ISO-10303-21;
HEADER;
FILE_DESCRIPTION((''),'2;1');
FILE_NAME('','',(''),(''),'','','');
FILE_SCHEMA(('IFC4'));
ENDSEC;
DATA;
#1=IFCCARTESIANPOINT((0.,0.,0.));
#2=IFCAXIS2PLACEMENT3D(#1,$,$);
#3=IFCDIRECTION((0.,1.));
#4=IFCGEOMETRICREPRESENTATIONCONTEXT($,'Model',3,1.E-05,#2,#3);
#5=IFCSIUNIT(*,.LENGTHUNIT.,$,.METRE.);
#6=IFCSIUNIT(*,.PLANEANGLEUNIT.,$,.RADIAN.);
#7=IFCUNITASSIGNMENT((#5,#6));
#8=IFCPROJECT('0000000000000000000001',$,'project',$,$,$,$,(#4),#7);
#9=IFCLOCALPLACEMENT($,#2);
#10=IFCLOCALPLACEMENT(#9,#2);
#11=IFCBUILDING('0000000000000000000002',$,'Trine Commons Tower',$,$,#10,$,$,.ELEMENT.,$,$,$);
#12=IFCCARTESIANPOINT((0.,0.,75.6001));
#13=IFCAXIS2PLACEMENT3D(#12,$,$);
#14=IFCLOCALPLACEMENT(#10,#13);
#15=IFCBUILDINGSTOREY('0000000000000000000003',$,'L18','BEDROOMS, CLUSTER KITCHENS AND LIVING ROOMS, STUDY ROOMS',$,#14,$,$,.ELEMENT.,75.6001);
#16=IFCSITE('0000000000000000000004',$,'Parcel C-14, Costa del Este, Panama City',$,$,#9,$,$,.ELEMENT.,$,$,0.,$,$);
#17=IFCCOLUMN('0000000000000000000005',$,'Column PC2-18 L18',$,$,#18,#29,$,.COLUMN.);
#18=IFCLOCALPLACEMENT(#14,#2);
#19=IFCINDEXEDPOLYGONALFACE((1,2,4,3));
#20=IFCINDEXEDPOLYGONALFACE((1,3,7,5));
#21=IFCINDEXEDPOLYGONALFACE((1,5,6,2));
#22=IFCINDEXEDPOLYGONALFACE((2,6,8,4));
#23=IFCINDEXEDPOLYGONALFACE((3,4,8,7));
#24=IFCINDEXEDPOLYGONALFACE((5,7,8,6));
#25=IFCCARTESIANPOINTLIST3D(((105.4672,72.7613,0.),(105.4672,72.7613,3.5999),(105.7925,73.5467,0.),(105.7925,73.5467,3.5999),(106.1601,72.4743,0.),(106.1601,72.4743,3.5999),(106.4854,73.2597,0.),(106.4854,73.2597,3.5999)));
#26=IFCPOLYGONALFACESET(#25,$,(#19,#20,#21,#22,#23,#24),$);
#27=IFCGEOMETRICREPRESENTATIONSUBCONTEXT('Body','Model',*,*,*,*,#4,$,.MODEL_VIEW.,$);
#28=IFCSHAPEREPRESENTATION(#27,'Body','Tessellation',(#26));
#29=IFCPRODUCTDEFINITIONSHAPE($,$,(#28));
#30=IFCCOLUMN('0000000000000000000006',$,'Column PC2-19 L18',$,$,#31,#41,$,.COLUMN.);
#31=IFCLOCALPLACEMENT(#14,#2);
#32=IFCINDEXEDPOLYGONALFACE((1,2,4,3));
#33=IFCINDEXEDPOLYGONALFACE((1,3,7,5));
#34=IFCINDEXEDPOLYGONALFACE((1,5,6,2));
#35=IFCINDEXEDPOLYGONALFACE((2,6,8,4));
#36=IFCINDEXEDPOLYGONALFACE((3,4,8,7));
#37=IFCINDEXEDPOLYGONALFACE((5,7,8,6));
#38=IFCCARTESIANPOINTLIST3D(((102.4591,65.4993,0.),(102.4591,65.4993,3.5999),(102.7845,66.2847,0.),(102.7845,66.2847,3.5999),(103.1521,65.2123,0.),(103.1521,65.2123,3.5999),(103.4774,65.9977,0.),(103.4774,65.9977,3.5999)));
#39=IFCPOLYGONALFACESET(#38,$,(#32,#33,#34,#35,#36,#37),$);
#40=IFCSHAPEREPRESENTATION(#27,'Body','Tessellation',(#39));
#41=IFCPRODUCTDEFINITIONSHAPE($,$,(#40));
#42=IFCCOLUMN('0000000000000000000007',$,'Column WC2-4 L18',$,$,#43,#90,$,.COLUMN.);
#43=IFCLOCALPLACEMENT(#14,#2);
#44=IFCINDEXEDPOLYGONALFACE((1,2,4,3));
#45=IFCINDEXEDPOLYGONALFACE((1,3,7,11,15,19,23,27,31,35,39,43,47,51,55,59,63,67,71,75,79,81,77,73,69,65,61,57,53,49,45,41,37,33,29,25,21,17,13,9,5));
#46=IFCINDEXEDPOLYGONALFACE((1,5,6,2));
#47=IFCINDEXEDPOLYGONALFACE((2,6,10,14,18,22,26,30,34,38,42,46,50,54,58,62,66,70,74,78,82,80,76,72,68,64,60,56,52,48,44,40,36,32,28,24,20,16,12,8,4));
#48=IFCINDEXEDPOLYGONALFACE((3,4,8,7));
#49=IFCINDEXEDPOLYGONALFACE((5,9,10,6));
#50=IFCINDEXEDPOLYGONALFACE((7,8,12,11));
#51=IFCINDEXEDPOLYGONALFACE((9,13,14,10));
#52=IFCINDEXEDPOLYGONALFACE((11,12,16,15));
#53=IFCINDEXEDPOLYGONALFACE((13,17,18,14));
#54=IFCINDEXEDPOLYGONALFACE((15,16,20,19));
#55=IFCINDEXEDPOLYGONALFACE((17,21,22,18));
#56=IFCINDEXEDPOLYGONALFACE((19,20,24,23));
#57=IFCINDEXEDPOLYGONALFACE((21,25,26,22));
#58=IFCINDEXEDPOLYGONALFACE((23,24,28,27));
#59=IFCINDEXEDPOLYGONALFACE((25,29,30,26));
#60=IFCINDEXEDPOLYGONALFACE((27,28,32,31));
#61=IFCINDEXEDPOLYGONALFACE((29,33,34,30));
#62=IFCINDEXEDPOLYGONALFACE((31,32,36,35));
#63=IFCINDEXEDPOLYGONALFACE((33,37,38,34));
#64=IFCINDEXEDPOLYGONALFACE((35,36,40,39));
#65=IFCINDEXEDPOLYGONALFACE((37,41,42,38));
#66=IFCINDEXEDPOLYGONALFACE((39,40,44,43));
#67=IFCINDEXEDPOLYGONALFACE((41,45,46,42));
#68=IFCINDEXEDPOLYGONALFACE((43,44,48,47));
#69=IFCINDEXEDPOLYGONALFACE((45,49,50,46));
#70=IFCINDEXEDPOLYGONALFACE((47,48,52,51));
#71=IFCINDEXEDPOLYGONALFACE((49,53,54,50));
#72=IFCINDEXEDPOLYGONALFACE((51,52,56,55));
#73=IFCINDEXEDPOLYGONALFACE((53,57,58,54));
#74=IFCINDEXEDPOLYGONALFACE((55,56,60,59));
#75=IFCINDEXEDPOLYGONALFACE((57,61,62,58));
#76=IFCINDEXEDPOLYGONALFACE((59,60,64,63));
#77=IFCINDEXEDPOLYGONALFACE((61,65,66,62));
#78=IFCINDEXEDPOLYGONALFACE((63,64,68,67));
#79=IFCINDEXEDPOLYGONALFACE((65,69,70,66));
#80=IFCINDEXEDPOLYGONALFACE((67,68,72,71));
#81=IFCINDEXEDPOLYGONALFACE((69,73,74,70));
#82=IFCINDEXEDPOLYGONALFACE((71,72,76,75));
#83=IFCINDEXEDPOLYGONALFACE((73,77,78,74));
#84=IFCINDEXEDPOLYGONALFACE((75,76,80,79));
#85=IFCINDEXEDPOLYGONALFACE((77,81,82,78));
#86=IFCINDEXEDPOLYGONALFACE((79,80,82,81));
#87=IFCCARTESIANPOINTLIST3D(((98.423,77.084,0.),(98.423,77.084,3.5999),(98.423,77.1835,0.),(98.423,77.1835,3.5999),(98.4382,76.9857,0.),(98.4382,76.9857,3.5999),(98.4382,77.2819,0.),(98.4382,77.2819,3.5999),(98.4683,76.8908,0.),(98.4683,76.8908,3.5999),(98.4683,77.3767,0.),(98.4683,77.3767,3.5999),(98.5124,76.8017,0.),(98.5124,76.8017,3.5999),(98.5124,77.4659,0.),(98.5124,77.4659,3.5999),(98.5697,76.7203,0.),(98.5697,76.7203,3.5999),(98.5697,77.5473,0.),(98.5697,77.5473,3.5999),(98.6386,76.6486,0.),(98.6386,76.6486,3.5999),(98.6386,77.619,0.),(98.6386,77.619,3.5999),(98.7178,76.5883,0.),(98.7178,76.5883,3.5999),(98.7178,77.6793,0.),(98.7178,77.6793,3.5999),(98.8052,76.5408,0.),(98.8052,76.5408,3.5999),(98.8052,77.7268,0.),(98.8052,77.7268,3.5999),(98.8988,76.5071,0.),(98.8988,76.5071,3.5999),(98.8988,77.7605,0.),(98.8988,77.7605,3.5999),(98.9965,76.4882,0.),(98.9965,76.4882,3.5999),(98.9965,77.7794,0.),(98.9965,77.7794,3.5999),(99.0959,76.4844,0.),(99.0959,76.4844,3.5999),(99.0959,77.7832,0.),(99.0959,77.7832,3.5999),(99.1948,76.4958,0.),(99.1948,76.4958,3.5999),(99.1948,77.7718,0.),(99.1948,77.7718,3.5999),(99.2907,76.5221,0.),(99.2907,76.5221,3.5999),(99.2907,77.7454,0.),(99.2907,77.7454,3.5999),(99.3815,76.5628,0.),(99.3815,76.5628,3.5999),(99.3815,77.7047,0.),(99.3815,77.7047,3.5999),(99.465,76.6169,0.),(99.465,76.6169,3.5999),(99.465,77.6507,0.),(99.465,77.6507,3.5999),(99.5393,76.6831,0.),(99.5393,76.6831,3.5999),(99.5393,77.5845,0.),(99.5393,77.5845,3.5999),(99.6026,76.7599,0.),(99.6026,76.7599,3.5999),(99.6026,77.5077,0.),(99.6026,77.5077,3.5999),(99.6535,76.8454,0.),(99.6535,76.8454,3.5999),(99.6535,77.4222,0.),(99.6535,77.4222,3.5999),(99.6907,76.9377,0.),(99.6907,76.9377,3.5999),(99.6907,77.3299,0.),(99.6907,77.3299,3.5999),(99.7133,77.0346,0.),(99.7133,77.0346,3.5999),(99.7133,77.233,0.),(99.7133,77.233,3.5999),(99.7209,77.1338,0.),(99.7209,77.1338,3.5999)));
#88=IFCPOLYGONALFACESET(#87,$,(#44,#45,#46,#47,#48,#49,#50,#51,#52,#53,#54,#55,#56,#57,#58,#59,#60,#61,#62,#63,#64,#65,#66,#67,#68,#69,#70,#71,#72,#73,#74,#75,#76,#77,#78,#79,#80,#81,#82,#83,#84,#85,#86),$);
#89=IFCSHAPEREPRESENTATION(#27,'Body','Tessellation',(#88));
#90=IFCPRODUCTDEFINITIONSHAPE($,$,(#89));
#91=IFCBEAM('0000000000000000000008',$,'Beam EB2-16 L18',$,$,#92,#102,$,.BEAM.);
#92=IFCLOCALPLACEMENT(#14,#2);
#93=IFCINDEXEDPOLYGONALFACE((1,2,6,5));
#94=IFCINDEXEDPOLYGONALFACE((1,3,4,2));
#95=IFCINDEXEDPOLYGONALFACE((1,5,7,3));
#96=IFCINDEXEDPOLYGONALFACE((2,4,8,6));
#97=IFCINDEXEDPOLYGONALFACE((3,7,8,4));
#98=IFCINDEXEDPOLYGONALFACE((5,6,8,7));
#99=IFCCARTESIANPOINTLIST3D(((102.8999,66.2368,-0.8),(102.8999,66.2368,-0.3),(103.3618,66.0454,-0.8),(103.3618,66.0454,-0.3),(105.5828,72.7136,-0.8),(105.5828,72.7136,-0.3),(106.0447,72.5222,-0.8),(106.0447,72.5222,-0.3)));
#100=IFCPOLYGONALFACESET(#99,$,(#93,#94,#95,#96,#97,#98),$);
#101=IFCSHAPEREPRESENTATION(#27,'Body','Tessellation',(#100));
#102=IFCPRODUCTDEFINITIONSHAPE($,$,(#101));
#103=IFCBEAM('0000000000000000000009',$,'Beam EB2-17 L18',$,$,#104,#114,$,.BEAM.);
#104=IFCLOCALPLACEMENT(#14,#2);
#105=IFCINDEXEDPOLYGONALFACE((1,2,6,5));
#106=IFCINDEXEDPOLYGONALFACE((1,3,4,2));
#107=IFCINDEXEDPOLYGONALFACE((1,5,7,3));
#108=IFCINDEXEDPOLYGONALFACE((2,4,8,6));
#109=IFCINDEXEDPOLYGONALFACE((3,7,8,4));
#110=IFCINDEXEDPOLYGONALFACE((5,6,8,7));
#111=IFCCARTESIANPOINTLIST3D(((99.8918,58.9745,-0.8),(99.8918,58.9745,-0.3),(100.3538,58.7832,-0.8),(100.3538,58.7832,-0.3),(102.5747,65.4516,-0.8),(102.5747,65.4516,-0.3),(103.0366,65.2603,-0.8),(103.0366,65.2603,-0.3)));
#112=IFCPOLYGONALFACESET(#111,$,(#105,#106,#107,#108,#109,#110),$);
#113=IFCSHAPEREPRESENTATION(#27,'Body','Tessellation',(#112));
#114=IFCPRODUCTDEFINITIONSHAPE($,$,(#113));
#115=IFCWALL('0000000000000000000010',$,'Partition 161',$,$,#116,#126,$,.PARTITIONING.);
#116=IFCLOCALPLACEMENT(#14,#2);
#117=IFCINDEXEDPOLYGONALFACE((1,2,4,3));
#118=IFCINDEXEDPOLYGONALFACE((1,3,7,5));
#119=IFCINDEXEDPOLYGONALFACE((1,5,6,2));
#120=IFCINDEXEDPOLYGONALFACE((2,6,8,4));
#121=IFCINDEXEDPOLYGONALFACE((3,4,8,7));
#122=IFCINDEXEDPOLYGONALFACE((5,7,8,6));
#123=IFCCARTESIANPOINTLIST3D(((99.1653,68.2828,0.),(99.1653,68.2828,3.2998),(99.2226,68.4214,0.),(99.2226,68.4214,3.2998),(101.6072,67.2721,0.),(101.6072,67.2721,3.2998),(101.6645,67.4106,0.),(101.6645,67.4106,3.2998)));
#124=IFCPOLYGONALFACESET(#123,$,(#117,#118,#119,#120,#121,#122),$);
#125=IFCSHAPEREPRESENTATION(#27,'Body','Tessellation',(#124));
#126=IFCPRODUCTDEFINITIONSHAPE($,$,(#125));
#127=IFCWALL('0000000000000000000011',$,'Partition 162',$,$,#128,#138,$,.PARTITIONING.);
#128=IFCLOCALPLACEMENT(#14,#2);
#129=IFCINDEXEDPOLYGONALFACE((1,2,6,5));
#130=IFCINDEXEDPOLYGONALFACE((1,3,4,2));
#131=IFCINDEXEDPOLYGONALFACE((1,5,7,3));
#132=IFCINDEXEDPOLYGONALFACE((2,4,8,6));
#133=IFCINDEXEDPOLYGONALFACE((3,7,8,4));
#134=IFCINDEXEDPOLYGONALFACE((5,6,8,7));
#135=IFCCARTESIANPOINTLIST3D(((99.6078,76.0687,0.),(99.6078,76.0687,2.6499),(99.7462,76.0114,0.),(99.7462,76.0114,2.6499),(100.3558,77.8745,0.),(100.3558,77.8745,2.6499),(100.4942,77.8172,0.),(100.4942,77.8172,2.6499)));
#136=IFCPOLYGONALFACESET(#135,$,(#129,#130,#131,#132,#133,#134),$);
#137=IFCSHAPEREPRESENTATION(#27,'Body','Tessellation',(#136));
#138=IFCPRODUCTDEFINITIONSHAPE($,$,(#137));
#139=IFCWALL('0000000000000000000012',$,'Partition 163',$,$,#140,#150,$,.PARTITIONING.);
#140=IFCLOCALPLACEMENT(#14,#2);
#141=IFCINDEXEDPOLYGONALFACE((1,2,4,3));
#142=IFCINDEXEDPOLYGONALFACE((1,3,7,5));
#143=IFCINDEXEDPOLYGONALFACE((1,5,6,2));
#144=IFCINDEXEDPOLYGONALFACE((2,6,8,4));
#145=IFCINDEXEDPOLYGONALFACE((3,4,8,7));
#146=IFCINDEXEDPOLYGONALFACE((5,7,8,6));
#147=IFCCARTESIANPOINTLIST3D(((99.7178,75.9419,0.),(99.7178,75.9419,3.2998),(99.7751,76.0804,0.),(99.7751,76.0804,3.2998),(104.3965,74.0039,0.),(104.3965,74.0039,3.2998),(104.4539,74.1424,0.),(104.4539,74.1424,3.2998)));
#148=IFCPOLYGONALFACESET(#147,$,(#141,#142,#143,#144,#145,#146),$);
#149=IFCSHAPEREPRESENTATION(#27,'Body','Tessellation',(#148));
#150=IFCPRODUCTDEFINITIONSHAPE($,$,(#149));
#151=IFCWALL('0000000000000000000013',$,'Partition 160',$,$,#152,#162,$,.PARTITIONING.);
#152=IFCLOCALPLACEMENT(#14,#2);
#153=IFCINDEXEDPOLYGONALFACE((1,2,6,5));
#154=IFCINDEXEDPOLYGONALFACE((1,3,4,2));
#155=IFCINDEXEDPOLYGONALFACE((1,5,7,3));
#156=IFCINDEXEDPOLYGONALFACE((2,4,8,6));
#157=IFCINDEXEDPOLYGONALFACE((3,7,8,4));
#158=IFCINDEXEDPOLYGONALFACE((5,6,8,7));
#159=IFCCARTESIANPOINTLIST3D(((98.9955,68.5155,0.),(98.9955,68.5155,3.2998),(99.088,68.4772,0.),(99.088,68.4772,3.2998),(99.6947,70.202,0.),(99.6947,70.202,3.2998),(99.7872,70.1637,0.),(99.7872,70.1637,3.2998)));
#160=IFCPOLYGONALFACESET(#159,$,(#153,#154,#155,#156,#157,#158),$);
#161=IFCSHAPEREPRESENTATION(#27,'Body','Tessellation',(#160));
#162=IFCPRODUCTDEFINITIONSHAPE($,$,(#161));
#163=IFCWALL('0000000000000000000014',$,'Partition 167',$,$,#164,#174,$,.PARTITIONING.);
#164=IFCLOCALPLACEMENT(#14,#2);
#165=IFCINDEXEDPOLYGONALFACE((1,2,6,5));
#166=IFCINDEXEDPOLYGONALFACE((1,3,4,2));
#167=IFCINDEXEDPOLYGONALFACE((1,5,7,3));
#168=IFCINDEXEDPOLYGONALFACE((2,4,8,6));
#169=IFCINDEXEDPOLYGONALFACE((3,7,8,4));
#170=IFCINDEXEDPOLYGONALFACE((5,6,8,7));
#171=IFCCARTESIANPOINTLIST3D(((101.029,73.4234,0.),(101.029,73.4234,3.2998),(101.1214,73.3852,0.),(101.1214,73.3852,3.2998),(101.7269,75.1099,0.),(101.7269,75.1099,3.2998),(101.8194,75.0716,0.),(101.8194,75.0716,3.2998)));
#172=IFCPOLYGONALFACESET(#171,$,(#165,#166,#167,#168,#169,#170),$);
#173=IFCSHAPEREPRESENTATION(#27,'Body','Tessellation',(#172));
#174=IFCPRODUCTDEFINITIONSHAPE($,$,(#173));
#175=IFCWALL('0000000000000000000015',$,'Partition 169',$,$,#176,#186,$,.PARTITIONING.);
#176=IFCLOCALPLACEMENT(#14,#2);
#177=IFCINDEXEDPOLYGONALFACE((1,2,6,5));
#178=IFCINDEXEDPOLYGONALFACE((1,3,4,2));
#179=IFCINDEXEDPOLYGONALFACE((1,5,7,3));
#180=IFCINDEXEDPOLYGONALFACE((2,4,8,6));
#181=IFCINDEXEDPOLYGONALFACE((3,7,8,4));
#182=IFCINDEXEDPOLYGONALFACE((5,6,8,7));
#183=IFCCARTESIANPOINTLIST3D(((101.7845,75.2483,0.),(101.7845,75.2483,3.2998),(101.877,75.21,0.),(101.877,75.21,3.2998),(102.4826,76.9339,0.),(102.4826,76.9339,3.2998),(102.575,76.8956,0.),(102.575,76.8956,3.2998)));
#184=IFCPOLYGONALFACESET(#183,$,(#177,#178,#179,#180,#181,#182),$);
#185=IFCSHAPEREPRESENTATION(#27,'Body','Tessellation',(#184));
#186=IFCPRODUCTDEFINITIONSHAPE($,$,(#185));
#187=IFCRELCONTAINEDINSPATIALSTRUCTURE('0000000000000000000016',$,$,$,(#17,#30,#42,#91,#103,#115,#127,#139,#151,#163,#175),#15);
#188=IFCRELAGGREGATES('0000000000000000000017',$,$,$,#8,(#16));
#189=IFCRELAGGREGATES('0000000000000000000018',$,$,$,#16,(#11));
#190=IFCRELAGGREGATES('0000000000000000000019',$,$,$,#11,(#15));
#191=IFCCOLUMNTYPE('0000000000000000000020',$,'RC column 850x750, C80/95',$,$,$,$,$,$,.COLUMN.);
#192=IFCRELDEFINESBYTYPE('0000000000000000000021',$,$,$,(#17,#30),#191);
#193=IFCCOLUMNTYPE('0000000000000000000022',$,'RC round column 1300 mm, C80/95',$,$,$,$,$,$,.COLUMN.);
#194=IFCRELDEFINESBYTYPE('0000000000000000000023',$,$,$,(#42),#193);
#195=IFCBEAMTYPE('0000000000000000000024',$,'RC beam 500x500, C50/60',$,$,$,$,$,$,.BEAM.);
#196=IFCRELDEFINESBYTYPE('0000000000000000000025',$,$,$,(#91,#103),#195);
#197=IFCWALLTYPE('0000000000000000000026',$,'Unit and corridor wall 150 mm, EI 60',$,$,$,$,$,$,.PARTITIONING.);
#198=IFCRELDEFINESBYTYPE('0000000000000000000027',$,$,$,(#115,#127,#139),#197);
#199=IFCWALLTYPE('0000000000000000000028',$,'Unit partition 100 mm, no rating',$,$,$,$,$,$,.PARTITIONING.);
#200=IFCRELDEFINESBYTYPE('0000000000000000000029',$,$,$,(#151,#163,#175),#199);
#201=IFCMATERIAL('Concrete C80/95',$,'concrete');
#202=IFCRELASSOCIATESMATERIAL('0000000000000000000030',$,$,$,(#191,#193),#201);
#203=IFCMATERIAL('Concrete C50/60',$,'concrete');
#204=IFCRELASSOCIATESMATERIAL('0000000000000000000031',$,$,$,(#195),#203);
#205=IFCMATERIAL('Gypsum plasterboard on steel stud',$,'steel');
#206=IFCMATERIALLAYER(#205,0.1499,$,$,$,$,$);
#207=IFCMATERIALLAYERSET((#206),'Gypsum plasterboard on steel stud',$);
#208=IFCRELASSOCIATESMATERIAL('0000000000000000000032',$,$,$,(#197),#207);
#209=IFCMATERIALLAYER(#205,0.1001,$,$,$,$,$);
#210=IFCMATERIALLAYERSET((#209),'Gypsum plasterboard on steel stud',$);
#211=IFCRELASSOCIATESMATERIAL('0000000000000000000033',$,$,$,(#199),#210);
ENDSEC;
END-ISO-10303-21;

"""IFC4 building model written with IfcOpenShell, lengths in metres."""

from ifc_helpers import new_model, si_unit, direction, frame, frame_2d, origin, origin_2d, place, context, subcontext, project, spatial, rectangle, circle, extrude, material, layer, layer_set, material_profile, profile_set, type_object, element, save


model = new_model("IFC4")

# Units and contexts
model_context = context("Model", 3, precision=1e-05, world=origin(), true_north=direction((0.0, 1.0)))
body_context = subcontext(model_context, "Body", "Model", "MODEL_VIEW")
ifc_project = project(units=[si_unit("LENGTHUNIT", "METRE"), si_unit("PLANEANGLEUNIT", "RADIAN")], contexts=[model_context])

# Site, building, storey
site_placement = place(None, origin())
site = spatial("IfcSite", under=ifc_project, at=site_placement, Name="Parcel C-14, Costa del Este, Panama City", CompositionType="ELEMENT", RefElevation=0.0)
building_placement = place(site_placement, origin())
building = spatial("IfcBuilding", under=site, at=building_placement, Name="Trine Commons Tower", CompositionType="ELEMENT")
storey_placement = place(building_placement, frame((0.0, 0.0, 75.6001)))
storey = spatial("IfcBuildingStorey", under=building, at=storey_placement, Name="L18", Description="BEDROOMS, CLUSTER KITCHENS AND LIVING ROOMS, STUDY ROOMS", CompositionType="ELEMENT", Elevation=75.6001)

# Columns
ifc_material_1 = material(Name="Concrete C80/95", Category="concrete")
ifc_material_profile_1 = material_profile(ifc_material_1, rectangle(XDim=0.8501, YDim=0.75, at=origin_2d()), Name="RC 850x750")
ifc_profile_set_1 = profile_set([ifc_material_profile_1], Name="Concrete C80/95")
column_type_1 = type_object("IfcColumnType", Name="RC column 850x750, C80/95", PredefinedType="COLUMN", material=ifc_profile_set_1)
for number, where, z_axis, x_axis, name in (
    (1, (105.9763, 73.0105, 0.0), (0.0, 0.0, 1.0), (0.382683, 0.92388, 0.0), "Column PC2-18 L18"),
    (2, (102.9683, 65.7485, 0.0), (0.0, 0.0, 1.0), (0.382683, 0.92388, 0.0), "Column PC2-19 L18"),
):
    element("IfcColumn", number, at=place(storey_placement, frame(where, z_axis=z_axis, x_axis=x_axis)), inside=storey, type_object=column_type_1, Name=name, PredefinedType="COLUMN", context=body_context, shape_type="SweptSolid", body=[
        extrude(rectangle(XDim=0.8501, YDim=0.75, at=origin_2d()), origin(), (0.0, 0.0, 1.0), 3.5999),
    ])
ifc_material_profile_2 = material_profile(ifc_material_1, circle(Radius=0.6499, at=origin_2d()), Name="RC round 1300")
ifc_profile_set_2 = profile_set([ifc_material_profile_2], Name="Concrete C80/95")
column_type_2 = type_object("IfcColumnType", Name="RC round column 1300 mm, C80/95", PredefinedType="COLUMN", material=ifc_profile_set_2)
column_placement = place(storey_placement, frame((99.071, 77.1338, 0.0), z_axis=(0.0, 0.0, 1.0), x_axis=(1.0, 0.0, 0.0)))
element("IfcColumn", 3, at=column_placement, inside=storey, type_object=column_type_2, Name="Column WC2-4 L18", PredefinedType="COLUMN", context=body_context, shape_type="SweptSolid", body=[
    extrude(circle(Radius=0.6499, at=origin_2d()), origin(), (0.0, 0.0, 1.0), 3.5999),
])

# Beams
ifc_material_2 = material(Name="Concrete C50/60", Category="concrete")
ifc_material_profile_3 = material_profile(ifc_material_2, rectangle(XDim=0.5, YDim=0.5, at=origin_2d()), Name="RC 500x500")
ifc_profile_set_3 = profile_set([ifc_material_profile_3], Name="Concrete C50/60")
beam_type = type_object("IfcBeamType", Name="RC beam 500x500, C50/60", PredefinedType="BEAM", material=ifc_profile_set_3)
beam_1_placement = place(storey_placement, frame((105.8137, 72.6179, -0.55), z_axis=(-0.382693, -0.923875, 0.0), x_axis=(0.923875, -0.382693, 0.0)))
element("IfcBeam", 4, at=beam_1_placement, inside=storey, type_object=beam_type, Name="Beam EB2-16 L18", PredefinedType="BEAM", context=body_context, shape_type="SweptSolid", body=[
    extrude(rectangle(XDim=0.5, YDim=0.5, at=origin_2d()), origin(), (0.0, 0.0, 1.0), 7.0105),
])
beam_2_placement = place(storey_placement, frame((102.8057, 65.356, -0.55), z_axis=(-0.382681, -0.923881, 0.0), x_axis=(0.923881, -0.382681, 0.0)))
element("IfcBeam", 5, at=beam_2_placement, inside=storey, type_object=beam_type, Name="Beam EB2-17 L18", PredefinedType="BEAM", context=body_context, shape_type="SweptSolid", body=[
    extrude(rectangle(XDim=0.5, YDim=0.5, at=origin_2d()), origin(), (0.0, 0.0, 1.0), 7.0107),
])

# Walls
ifc_material_3 = material(Name="Gypsum plasterboard on steel stud", Category="steel")
ifc_layer_1 = layer(ifc_material_3, 0.1499)
ifc_layer_set_1 = layer_set([ifc_layer_1], Name="Gypsum plasterboard on steel stud")
wall_type_1 = type_object("IfcWallType", Name="Unit and corridor wall 150 mm, EI 60", PredefinedType="PARTITIONING", material=ifc_layer_set_1)
wall_1_placement = place(storey_placement, frame((99.1941, 68.3521, 0.0), z_axis=(0.0, 0.0, 1.0), x_axis=(0.923976, -0.38245, 0.0)))
element("IfcWall", 6, at=wall_1_placement, inside=storey, type_object=wall_type_1, Name="Partition 161", PredefinedType="PARTITIONING", context=body_context, shape_type="SweptSolid", body=[
    extrude(rectangle(XDim=2.6428, YDim=0.1499, at=frame_2d((1.3213, 0.0))), origin(), (0.0, 0.0, 1.0), 3.2998),
])
wall_2_placement = place(storey_placement, frame((99.677, 76.04, 0.0), z_axis=(0.0, 0.0, 1.0), x_axis=(0.38269, 0.923877, 0.0)))
element("IfcWall", 7, at=wall_2_placement, inside=storey, type_object=wall_type_1, Name="Partition 162", PredefinedType="PARTITIONING", context=body_context, shape_type="SweptSolid", body=[
    extrude(rectangle(XDim=1.9546, YDim=0.1499, at=frame_2d((0.9773, 0.0))), origin(), (0.0, 0.0, 1.0), 2.6499),
])
wall_3_placement = place(storey_placement, frame((99.7463, 76.0112, 0.0), z_axis=(0.0, 0.0, 1.0), x_axis=(0.923879, -0.382684, 0.0)))
element("IfcWall", 8, at=wall_3_placement, inside=storey, type_object=wall_type_1, Name="Partition 163", PredefinedType="PARTITIONING", context=body_context, shape_type="SweptSolid", body=[
    extrude(rectangle(XDim=5.0642, YDim=0.1499, at=frame_2d((2.5322, 0.0))), origin(), (0.0, 0.0, 1.0), 3.2998),
])
ifc_layer_2 = layer(ifc_material_3, 0.1001)
ifc_layer_set_2 = layer_set([ifc_layer_2], Name="Gypsum plasterboard on steel stud")
wall_type_2 = type_object("IfcWallType", Name="Unit partition 100 mm, no rating", PredefinedType="PARTITIONING", material=ifc_layer_set_2)
wall_4_placement = place(storey_placement, frame((99.0417, 68.4963, 0.0), z_axis=(0.0, 0.0, 1.0), x_axis=(0.382982, 0.923756, 0.0)))
element("IfcWall", 9, at=wall_4_placement, inside=storey, type_object=wall_type_2, Name="Partition 160", PredefinedType="PARTITIONING", context=body_context, shape_type="SweptSolid", body=[
    extrude(rectangle(XDim=1.8257, YDim=0.1001, at=frame_2d((0.9128, 0.0))), origin(), (0.0, 0.0, 1.0), 3.2998),
])
wall_5_placement = place(storey_placement, frame((101.0752, 73.4043, 0.0), z_axis=(0.0, 0.0, 1.0), x_axis=(0.382411, 0.923992, 0.0)))
element("IfcWall", 10, at=wall_5_placement, inside=storey, type_object=wall_type_2, Name="Partition 167", PredefinedType="PARTITIONING", context=body_context, shape_type="SweptSolid", body=[
    extrude(rectangle(XDim=1.8252, YDim=0.1001, at=frame_2d((0.9126, 0.0))), origin(), (0.0, 0.0, 1.0), 3.2998),
])
wall_6_placement = place(storey_placement, frame((101.8308, 75.2292, 0.0), z_axis=(0.0, 0.0, 1.0), x_axis=(0.3826, 0.923914, 0.0)))
element("IfcWall", 11, at=wall_6_placement, inside=storey, type_object=wall_type_2, Name="Partition 169", PredefinedType="PARTITIONING", context=body_context, shape_type="SweptSolid", body=[
    extrude(rectangle(XDim=1.8245, YDim=0.1001, at=frame_2d((0.9121, 0.0))), origin(), (0.0, 0.0, 1.0), 3.2998),
])

save(model, "model.ifc")
